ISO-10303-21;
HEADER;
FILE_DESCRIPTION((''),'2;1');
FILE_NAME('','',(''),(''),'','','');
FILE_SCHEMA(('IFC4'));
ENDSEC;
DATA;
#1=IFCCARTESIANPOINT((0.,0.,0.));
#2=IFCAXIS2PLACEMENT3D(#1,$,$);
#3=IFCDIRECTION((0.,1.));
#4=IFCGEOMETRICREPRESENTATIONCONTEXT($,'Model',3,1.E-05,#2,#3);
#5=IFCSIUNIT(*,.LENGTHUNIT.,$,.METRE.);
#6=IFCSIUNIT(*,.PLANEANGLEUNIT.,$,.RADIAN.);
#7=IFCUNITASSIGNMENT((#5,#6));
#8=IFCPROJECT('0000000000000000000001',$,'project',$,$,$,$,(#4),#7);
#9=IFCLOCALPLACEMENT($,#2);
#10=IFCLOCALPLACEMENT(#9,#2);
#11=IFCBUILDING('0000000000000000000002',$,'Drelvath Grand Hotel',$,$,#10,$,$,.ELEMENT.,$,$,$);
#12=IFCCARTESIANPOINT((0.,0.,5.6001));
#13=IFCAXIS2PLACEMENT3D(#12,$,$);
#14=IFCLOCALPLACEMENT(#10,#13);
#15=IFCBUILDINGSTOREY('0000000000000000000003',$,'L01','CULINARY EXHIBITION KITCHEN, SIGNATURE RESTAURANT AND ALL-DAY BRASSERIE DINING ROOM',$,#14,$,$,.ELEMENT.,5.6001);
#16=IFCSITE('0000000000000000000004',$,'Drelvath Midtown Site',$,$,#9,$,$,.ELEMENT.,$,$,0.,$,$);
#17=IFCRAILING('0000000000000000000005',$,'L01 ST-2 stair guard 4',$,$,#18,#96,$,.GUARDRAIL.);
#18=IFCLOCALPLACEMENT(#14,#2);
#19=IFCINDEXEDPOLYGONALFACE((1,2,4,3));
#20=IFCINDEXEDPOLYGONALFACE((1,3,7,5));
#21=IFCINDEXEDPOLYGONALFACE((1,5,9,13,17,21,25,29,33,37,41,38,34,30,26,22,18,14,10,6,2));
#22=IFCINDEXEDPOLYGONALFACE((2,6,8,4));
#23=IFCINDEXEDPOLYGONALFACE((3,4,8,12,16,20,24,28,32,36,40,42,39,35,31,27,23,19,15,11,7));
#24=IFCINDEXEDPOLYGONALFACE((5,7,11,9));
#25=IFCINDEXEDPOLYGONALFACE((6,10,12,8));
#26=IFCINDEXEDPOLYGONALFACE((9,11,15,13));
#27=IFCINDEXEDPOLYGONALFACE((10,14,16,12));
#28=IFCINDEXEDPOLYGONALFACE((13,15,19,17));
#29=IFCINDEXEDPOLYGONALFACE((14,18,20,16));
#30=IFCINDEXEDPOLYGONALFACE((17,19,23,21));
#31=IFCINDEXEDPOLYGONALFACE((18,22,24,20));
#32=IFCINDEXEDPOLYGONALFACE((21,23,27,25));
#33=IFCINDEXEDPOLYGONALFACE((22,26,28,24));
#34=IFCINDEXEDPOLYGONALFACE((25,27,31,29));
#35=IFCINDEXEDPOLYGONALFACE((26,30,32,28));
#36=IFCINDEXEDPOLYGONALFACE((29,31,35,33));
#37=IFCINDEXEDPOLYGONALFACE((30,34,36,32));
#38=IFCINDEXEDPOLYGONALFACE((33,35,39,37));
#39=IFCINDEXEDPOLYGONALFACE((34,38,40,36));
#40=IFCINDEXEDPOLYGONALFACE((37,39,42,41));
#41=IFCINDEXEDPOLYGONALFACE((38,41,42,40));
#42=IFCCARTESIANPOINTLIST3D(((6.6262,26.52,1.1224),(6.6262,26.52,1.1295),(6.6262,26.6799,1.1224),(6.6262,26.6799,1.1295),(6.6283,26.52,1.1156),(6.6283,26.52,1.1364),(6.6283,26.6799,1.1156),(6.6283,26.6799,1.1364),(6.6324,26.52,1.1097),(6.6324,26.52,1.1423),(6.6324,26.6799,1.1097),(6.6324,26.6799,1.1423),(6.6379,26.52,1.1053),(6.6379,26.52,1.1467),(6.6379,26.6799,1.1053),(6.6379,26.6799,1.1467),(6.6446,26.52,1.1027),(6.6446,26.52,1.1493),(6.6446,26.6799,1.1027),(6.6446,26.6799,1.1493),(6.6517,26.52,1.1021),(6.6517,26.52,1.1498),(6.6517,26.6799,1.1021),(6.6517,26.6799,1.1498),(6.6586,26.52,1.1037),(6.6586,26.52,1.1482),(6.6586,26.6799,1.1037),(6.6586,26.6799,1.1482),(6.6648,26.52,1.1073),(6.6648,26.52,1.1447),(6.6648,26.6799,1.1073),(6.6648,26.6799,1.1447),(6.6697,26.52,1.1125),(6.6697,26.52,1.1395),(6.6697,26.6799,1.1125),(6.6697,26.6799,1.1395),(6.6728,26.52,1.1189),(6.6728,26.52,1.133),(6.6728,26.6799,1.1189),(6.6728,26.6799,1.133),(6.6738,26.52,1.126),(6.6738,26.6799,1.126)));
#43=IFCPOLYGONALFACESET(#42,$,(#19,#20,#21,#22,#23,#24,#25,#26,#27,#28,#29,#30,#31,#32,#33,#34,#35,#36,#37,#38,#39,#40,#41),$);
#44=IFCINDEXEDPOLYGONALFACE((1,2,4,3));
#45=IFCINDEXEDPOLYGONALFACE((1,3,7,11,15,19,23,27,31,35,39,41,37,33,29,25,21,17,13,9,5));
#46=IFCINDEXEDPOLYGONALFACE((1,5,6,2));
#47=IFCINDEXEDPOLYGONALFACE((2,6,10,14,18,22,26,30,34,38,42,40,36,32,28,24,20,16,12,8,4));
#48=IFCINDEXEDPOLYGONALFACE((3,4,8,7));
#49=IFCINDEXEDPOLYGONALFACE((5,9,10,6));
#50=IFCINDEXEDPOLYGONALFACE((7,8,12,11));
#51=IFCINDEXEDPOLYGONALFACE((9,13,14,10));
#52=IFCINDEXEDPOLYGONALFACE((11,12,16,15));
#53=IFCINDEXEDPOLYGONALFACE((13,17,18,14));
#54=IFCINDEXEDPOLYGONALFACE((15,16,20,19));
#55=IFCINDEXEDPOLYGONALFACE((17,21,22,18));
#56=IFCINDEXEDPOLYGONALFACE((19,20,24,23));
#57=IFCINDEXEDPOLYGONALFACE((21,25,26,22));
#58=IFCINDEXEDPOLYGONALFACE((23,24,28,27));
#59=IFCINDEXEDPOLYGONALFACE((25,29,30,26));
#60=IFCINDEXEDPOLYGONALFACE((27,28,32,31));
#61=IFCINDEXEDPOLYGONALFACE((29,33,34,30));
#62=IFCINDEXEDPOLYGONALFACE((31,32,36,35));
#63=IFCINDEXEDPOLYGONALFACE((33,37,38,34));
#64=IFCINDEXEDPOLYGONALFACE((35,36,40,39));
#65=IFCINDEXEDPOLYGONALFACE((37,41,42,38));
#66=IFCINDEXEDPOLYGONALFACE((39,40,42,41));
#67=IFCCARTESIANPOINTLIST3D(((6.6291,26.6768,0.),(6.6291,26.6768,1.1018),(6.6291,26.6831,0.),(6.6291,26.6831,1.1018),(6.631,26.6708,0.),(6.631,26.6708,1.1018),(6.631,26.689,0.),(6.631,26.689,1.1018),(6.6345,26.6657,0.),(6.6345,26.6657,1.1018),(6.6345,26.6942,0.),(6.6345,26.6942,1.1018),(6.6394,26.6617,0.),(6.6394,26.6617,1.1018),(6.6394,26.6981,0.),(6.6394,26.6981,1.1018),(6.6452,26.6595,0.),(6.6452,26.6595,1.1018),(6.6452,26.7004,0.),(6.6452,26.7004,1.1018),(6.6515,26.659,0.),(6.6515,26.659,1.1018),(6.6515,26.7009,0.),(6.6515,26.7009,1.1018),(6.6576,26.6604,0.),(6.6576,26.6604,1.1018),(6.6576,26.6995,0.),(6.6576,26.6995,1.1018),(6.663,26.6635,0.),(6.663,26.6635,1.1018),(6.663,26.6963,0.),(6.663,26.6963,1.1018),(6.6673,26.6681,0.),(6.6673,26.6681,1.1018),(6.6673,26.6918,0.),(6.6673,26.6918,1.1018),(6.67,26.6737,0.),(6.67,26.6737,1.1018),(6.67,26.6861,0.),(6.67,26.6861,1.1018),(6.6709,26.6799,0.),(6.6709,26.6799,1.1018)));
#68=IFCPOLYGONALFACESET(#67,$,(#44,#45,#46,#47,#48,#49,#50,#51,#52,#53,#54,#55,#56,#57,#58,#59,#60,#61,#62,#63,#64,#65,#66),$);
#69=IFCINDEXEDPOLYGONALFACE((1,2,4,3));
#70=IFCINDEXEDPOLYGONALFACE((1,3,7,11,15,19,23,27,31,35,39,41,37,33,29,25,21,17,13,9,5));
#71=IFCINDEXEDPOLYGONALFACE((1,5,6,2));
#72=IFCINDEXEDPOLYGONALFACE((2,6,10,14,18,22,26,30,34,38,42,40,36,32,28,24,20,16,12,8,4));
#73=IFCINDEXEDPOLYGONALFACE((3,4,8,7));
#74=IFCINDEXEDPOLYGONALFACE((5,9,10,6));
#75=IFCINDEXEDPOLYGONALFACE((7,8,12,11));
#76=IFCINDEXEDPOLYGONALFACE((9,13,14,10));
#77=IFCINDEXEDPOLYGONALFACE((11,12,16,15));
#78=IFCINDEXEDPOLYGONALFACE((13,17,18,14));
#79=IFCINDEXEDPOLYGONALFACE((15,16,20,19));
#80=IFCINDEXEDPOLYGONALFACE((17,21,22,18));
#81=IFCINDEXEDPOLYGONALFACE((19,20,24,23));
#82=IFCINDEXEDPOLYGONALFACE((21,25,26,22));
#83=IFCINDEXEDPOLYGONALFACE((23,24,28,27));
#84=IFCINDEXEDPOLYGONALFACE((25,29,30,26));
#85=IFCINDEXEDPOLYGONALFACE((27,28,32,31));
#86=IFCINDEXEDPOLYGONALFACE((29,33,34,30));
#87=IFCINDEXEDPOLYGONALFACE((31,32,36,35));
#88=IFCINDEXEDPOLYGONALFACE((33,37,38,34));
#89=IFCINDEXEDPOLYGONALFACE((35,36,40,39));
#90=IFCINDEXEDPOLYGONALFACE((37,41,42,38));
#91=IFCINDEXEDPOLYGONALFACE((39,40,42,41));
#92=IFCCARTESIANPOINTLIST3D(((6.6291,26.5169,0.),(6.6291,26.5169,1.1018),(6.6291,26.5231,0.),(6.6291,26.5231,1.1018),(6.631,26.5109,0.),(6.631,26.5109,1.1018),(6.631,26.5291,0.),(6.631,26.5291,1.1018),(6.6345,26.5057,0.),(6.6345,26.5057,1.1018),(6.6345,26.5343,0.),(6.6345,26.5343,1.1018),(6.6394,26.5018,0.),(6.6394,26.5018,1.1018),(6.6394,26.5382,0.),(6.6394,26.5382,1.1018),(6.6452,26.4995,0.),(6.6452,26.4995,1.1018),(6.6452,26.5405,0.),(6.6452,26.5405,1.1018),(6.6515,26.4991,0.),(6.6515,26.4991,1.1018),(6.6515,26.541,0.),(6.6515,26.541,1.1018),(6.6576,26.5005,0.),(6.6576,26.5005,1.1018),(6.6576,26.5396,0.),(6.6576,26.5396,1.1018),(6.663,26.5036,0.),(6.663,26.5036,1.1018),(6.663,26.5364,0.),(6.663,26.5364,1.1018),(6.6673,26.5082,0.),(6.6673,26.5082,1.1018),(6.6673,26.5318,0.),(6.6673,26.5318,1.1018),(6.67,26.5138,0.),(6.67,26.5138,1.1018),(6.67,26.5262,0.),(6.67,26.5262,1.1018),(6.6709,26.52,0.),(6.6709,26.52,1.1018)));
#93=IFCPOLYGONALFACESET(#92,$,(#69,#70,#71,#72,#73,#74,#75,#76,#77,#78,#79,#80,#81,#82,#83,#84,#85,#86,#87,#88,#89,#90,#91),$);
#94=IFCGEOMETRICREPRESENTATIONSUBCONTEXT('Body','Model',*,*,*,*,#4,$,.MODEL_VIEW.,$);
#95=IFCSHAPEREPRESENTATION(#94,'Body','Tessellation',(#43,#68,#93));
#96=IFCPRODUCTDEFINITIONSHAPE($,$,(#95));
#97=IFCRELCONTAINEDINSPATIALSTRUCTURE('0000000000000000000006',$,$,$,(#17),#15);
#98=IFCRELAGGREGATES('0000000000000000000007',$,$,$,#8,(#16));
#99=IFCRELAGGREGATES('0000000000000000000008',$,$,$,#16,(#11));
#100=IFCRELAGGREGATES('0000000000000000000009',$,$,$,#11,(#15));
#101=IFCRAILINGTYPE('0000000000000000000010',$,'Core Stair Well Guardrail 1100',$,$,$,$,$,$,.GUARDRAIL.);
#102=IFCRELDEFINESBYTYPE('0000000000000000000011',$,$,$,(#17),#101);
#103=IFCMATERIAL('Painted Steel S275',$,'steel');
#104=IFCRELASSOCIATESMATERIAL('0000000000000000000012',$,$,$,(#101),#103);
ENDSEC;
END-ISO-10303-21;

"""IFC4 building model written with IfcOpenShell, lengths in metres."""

from ifc_helpers import new_model, si_unit, direction, frame, origin, origin_2d, place, context, subcontext, project, spatial, circle, extrude, material, type_object, element, save


model = new_model("IFC4")

# Units and contexts
model_context = context("Model", 3, precision=1e-05, world=origin(), true_north=direction((0.0, 1.0)))
body_context = subcontext(model_context, "Body", "Model", "MODEL_VIEW")
ifc_project = project(units=[si_unit("LENGTHUNIT", "METRE"), si_unit("PLANEANGLEUNIT", "RADIAN")], contexts=[model_context])

# Site, building, storey
site_placement = place(None, origin())
site = spatial("IfcSite", under=ifc_project, at=site_placement, Name="Drelvath Midtown Site", CompositionType="ELEMENT", RefElevation=0.0)
building_placement = place(site_placement, origin())
building = spatial("IfcBuilding", under=site, at=building_placement, Name="Drelvath Grand Hotel", CompositionType="ELEMENT")
storey_placement = place(building_placement, frame((0.0, 0.0, 5.6001)))
storey = spatial("IfcBuildingStorey", under=building, at=storey_placement, Name="L01", Description="CULINARY EXHIBITION KITCHEN, SIGNATURE RESTAURANT AND ALL-DAY BRASSERIE DINING ROOM", CompositionType="ELEMENT", Elevation=5.6001)

# Shared definitions
ifc_material_1 = material(Name="Painted Steel S275", Category="steel")

# Railing
railing_type_1 = type_object("IfcRailingType", Name="Core Stair Well Guardrail 1100", PredefinedType="GUARDRAIL", material=ifc_material_1)
railing_1_placement = place(storey_placement, frame((6.6499, 26.6799, 0.0)))
element("IfcRailing", 1, at=railing_1_placement, inside=storey, type_object=railing_type_1, Name="L01 ST-2 stair guard 4", PredefinedType="GUARDRAIL", context=body_context, shape_type="SweptSolid", body=[
    extrude(circle(Radius=0.0239, at=origin_2d()), frame((0.0, 0.0, 1.126), z_axis=(0.0, -1.0, 0.0), x_axis=(1.0, 0.0, 0.0)), (0.0, 0.0, 1.0), 0.1599),
    extrude(circle(Radius=0.021, at=origin_2d()), origin(), (0.0, 0.0, 1.0), 1.1018),
    extrude(circle(Radius=0.021, at=origin_2d()), frame((0.0, -0.1599, 0.0)), (0.0, 0.0, 1.0), 1.1018),
])

save(model, "model.ifc")
